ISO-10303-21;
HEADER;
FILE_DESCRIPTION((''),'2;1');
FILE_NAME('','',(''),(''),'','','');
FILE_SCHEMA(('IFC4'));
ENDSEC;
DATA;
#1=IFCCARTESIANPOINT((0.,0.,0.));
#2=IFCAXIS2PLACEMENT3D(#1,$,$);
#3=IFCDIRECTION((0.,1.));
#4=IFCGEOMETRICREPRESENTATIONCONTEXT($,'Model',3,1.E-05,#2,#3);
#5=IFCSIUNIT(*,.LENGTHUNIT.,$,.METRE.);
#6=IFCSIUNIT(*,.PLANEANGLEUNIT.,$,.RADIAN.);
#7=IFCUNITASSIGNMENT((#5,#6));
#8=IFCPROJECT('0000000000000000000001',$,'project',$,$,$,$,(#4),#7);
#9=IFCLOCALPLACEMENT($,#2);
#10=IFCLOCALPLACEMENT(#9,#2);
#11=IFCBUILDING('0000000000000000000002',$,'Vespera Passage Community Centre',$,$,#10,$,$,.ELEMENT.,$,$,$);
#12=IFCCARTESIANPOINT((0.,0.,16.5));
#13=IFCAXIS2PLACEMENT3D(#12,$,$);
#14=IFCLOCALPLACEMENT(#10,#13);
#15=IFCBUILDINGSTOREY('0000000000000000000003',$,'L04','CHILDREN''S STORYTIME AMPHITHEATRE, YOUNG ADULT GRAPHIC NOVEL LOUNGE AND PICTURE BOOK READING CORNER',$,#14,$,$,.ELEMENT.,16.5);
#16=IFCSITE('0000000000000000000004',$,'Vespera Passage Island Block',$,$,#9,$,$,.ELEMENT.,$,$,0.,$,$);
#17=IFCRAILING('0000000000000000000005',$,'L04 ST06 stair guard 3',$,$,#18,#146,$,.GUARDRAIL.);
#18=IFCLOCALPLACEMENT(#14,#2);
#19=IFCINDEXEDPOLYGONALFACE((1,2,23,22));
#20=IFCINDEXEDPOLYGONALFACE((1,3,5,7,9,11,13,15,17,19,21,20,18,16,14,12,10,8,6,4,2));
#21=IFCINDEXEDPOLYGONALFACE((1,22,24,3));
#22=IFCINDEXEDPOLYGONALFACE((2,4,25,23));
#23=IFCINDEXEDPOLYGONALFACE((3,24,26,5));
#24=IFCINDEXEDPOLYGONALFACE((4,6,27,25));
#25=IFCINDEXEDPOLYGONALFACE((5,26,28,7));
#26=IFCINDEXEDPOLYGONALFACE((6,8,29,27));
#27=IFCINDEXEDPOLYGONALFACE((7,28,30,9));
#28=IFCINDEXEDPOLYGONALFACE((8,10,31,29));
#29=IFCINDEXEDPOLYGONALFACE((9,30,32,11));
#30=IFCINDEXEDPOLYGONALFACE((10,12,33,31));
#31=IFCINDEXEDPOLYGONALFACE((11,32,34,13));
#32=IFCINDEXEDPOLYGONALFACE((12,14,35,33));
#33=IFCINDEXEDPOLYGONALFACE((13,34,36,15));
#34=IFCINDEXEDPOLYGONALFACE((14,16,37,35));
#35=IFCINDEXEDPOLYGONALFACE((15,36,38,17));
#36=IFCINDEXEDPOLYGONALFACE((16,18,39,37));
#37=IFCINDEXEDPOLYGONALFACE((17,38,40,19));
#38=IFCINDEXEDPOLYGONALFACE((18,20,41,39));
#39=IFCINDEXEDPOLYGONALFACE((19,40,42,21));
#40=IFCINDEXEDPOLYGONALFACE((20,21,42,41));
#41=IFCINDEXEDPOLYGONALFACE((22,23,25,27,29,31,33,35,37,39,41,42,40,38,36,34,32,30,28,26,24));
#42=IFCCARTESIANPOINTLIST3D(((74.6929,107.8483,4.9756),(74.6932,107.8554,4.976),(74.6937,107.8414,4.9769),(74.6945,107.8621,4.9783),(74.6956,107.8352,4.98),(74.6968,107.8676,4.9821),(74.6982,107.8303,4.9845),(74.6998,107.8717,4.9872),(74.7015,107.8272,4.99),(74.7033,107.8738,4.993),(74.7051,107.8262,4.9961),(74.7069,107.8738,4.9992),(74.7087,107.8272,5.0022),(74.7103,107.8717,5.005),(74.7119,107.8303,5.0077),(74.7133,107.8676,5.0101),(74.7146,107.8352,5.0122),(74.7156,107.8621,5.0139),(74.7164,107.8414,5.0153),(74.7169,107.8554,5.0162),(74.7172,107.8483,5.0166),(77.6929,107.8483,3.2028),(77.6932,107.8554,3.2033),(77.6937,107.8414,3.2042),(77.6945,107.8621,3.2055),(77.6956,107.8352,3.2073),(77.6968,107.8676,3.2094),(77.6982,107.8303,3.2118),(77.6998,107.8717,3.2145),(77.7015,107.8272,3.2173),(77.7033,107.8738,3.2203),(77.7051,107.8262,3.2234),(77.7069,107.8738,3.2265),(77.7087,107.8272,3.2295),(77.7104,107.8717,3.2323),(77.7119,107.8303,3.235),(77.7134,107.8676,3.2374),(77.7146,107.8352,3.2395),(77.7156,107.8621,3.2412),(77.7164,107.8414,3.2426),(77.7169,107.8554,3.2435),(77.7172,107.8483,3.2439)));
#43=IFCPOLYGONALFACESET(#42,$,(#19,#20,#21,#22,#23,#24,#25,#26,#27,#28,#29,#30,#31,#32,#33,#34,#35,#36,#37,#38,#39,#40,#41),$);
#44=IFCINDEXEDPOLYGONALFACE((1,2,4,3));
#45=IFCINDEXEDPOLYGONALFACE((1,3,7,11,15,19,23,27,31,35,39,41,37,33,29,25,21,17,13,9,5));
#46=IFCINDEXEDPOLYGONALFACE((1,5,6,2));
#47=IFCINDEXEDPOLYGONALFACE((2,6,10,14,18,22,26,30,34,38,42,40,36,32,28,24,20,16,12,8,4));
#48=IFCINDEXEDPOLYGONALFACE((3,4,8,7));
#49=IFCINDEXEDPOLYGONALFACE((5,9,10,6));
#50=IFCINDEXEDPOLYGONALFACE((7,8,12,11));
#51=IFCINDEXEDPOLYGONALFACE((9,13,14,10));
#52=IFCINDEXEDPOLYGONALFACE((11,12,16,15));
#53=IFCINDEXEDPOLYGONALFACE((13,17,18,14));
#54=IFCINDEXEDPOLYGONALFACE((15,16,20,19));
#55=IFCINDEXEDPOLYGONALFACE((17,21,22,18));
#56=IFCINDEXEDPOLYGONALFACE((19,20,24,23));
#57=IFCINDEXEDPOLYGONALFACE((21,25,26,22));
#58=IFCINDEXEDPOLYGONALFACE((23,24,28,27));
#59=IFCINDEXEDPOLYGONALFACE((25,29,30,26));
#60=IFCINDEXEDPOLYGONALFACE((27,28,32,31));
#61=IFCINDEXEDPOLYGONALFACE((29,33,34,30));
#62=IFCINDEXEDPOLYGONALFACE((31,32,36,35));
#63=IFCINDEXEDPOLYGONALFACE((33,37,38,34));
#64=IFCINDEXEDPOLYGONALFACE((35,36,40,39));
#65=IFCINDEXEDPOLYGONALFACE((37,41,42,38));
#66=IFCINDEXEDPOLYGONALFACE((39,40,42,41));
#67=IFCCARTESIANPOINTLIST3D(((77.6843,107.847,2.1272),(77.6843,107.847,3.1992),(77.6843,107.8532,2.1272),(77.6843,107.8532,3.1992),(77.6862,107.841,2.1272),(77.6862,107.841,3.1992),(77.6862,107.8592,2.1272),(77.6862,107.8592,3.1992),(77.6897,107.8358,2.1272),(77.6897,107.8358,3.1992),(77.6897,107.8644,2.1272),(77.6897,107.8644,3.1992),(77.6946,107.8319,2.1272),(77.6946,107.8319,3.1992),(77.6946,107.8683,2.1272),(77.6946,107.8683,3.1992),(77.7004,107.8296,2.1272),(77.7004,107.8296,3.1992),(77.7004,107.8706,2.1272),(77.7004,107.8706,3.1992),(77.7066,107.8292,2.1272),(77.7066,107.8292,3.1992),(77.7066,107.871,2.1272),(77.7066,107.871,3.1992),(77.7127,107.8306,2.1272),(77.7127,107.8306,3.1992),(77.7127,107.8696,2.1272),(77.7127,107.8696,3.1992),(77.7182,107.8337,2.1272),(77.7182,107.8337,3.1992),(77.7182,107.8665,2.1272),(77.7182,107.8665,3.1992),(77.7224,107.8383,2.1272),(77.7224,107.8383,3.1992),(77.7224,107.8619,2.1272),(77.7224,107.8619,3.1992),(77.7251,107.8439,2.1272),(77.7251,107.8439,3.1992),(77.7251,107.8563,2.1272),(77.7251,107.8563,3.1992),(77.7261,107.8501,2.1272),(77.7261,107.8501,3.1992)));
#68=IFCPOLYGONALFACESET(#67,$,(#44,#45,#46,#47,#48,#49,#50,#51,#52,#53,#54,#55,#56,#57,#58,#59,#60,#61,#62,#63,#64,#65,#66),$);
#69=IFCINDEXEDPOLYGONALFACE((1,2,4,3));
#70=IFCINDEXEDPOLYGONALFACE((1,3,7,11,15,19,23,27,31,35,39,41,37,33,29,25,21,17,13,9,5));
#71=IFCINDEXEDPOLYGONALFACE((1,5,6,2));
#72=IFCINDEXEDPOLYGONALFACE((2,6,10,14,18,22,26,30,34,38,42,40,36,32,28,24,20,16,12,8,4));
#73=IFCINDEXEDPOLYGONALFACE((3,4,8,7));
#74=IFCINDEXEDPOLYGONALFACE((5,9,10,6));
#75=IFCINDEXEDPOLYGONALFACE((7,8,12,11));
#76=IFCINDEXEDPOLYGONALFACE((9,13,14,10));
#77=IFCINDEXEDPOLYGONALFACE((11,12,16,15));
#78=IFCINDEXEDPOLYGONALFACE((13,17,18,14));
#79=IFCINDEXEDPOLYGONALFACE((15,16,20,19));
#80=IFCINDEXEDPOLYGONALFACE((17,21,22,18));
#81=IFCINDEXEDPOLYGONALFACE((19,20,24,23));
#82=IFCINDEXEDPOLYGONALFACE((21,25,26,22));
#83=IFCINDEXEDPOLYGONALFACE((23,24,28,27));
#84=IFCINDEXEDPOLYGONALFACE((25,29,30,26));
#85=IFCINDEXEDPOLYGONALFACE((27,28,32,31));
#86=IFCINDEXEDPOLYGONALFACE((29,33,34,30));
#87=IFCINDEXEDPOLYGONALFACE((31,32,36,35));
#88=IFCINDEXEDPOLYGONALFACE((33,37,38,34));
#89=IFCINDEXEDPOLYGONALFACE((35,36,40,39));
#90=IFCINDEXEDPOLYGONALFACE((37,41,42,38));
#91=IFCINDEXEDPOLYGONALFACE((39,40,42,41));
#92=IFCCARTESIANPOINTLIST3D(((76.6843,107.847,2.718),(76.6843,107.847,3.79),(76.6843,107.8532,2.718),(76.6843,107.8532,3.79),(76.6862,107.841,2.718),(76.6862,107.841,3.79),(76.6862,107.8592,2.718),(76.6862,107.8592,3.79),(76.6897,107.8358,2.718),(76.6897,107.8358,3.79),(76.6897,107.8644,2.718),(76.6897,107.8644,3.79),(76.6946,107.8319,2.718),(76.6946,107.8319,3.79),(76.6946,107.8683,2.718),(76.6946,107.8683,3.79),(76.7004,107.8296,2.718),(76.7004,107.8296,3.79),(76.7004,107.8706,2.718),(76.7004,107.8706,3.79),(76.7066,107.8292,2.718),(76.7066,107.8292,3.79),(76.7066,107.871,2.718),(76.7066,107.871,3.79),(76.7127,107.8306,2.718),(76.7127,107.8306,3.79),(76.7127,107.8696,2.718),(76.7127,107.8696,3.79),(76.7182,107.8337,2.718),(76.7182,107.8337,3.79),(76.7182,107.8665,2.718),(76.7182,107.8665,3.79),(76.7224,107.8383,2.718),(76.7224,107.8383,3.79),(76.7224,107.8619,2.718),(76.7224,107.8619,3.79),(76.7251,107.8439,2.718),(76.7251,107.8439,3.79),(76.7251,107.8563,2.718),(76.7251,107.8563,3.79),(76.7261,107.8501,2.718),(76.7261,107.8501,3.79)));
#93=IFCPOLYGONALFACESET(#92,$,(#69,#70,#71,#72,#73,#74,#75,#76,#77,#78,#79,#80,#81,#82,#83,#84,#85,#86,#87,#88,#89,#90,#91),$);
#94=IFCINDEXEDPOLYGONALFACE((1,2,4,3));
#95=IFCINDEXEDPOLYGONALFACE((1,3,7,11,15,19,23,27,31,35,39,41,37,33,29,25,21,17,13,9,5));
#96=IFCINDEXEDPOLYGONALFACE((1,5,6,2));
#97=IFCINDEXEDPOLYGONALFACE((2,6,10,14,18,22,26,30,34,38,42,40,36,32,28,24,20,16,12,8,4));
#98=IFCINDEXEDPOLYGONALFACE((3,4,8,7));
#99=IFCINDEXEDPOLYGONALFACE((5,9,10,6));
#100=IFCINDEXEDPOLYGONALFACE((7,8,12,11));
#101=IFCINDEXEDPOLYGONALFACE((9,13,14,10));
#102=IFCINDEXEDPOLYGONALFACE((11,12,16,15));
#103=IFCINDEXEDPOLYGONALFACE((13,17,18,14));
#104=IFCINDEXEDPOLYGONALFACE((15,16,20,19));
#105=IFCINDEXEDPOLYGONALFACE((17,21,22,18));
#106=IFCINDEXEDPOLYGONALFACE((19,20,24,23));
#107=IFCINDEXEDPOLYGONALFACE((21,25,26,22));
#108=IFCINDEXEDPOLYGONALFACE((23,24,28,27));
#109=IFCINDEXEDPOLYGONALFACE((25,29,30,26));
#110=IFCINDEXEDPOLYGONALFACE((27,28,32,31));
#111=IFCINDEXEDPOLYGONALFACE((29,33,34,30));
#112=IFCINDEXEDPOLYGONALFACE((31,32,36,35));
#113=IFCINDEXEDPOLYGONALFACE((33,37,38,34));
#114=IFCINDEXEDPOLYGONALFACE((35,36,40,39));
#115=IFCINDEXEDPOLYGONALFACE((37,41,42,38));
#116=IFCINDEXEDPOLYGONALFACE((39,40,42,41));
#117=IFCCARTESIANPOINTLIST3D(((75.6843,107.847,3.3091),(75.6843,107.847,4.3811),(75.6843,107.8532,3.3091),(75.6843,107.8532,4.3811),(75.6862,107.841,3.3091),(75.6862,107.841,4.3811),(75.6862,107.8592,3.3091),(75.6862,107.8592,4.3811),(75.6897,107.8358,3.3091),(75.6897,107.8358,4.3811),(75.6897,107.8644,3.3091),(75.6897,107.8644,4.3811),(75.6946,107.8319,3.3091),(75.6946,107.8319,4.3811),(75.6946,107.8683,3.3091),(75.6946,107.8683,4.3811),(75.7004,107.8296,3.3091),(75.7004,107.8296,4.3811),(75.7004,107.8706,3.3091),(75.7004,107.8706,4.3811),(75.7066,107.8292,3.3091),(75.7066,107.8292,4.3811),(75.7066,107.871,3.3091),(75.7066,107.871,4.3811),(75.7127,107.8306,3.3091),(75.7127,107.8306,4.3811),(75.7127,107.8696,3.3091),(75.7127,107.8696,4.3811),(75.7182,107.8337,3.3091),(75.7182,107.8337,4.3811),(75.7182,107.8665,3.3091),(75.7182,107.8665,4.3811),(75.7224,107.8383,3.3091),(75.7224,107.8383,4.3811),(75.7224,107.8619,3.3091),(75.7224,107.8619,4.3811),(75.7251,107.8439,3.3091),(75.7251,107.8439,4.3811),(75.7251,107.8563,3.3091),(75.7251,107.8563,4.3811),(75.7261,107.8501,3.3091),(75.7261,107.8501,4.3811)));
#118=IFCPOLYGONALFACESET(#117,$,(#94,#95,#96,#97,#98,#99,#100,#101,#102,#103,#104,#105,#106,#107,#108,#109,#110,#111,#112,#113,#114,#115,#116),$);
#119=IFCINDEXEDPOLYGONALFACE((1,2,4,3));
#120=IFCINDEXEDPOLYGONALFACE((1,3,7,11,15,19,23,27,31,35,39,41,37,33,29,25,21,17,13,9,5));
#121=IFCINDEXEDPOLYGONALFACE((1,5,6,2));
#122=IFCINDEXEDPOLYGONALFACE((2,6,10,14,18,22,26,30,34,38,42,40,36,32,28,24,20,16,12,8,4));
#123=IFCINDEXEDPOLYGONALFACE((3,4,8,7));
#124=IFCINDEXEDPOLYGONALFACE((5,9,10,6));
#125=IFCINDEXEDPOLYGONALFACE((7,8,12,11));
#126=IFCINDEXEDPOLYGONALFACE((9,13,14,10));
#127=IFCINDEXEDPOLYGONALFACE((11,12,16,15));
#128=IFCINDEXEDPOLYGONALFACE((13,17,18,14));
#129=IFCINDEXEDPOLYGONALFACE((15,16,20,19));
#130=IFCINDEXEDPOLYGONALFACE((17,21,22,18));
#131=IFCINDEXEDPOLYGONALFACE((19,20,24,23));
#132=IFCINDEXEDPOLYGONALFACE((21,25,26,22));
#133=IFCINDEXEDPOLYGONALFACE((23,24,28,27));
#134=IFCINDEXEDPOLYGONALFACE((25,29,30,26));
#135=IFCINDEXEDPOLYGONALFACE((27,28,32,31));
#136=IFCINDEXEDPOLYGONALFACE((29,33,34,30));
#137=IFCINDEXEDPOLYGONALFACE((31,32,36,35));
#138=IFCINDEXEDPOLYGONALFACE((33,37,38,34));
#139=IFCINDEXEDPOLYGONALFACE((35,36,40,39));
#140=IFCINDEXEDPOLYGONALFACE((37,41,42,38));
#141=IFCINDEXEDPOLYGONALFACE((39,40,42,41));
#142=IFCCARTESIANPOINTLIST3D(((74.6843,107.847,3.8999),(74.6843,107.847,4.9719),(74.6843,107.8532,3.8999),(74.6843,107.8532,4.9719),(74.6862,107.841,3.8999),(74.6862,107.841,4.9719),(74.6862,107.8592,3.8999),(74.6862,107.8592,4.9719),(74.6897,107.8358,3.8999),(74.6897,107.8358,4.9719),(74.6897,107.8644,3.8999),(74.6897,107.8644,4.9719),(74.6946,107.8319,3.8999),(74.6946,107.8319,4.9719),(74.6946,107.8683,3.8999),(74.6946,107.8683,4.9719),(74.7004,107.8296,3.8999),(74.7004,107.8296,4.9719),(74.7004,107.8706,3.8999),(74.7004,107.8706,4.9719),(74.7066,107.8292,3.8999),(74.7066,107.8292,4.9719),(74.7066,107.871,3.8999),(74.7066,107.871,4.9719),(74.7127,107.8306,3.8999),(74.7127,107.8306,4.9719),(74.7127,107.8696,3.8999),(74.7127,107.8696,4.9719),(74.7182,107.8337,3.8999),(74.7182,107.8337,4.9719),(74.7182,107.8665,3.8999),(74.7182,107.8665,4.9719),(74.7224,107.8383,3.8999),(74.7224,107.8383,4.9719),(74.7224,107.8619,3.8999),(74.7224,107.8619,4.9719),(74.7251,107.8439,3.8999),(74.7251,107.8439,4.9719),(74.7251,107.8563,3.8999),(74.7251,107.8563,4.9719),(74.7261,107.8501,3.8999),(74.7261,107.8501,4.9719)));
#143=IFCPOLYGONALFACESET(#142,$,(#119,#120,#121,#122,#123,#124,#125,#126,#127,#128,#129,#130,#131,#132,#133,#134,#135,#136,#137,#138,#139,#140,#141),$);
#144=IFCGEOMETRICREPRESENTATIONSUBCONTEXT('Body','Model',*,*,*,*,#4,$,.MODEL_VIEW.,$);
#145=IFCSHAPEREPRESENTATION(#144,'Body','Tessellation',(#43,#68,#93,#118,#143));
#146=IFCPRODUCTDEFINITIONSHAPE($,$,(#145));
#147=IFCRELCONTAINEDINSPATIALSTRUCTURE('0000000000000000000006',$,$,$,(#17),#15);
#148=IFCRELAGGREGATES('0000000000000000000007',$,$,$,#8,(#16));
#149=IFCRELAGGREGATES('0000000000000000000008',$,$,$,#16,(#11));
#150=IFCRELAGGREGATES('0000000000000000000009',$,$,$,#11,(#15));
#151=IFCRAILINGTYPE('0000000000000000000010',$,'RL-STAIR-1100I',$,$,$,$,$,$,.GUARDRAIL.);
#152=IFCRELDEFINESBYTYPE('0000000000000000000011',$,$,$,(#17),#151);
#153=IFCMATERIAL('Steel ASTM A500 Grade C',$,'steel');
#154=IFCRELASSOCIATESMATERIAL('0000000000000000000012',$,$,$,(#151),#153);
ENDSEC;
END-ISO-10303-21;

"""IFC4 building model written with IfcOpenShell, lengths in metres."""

from ifc_helpers import new_model, si_unit, direction, frame, origin, origin_2d, place, context, subcontext, project, spatial, circle, extrude, material, type_object, element, save


model = new_model("IFC4")

# Units and contexts
model_context = context("Model", 3, precision=1e-05, world=origin(), true_north=direction((0.0, 1.0)))
body_context = subcontext(model_context, "Body", "Model", "MODEL_VIEW")
ifc_project = project(units=[si_unit("LENGTHUNIT", "METRE"), si_unit("PLANEANGLEUNIT", "RADIAN")], contexts=[model_context])

# Site, building, storey
site_placement = place(None, origin())
site = spatial("IfcSite", under=ifc_project, at=site_placement, Name="Vespera Passage Island Block", CompositionType="ELEMENT", RefElevation=0.0)
building_placement = place(site_placement, origin())
building = spatial("IfcBuilding", under=site, at=building_placement, Name="Vespera Passage Community Centre", CompositionType="ELEMENT")
storey_placement = place(building_placement, frame((0.0, 0.0, 16.5)))
storey = spatial("IfcBuildingStorey", under=building, at=storey_placement, Name="L04", Description="CHILDREN'S STORYTIME AMPHITHEATRE, YOUNG ADULT GRAPHIC NOVEL LOUNGE AND PICTURE BOOK READING CORNER", CompositionType="ELEMENT", Elevation=16.5)

# Railing
ifc_material_1 = material(Name="Steel ASTM A500 Grade C", Category="steel")
railing_type_1 = type_object("IfcRailingType", Name="RL-STAIR-1100I", PredefinedType="GUARDRAIL", material=ifc_material_1)
railing_1_placement = place(storey_placement, frame((77.7051, 107.8501, 2.1272)))
element("IfcRailing", 1, at=railing_1_placement, inside=storey, type_object=railing_type_1, Name="L04 ST06 stair guard 3", PredefinedType="GUARDRAIL", context=body_context, shape_type="SweptSolid", body=[
    extrude(circle(Radius=0.0239, at=origin_2d()), frame((0.0, 0.0, 1.0962), z_axis=(-0.860929, 0.0, 0.508725), x_axis=(0.0, -1.0, 0.0)), (0.0, 0.0, 1.0), 3.4846),
    extrude(circle(Radius=0.021, at=origin_2d()), origin(), (0.0, 0.0, 1.0), 1.072),
    extrude(circle(Radius=0.021, at=origin_2d()), frame((-1.0, 0.0, 0.5908)), (0.0, 0.0, 1.0), 1.072),
    extrude(circle(Radius=0.021, at=origin_2d()), frame((-2.0, 0.0, 1.1819)), (0.0, 0.0, 1.0), 1.072),
    extrude(circle(Radius=0.021, at=origin_2d()), frame((-3.0, 0.0, 1.7727)), (0.0, 0.0, 1.0), 1.072),
])

save(model, "model.ifc")
